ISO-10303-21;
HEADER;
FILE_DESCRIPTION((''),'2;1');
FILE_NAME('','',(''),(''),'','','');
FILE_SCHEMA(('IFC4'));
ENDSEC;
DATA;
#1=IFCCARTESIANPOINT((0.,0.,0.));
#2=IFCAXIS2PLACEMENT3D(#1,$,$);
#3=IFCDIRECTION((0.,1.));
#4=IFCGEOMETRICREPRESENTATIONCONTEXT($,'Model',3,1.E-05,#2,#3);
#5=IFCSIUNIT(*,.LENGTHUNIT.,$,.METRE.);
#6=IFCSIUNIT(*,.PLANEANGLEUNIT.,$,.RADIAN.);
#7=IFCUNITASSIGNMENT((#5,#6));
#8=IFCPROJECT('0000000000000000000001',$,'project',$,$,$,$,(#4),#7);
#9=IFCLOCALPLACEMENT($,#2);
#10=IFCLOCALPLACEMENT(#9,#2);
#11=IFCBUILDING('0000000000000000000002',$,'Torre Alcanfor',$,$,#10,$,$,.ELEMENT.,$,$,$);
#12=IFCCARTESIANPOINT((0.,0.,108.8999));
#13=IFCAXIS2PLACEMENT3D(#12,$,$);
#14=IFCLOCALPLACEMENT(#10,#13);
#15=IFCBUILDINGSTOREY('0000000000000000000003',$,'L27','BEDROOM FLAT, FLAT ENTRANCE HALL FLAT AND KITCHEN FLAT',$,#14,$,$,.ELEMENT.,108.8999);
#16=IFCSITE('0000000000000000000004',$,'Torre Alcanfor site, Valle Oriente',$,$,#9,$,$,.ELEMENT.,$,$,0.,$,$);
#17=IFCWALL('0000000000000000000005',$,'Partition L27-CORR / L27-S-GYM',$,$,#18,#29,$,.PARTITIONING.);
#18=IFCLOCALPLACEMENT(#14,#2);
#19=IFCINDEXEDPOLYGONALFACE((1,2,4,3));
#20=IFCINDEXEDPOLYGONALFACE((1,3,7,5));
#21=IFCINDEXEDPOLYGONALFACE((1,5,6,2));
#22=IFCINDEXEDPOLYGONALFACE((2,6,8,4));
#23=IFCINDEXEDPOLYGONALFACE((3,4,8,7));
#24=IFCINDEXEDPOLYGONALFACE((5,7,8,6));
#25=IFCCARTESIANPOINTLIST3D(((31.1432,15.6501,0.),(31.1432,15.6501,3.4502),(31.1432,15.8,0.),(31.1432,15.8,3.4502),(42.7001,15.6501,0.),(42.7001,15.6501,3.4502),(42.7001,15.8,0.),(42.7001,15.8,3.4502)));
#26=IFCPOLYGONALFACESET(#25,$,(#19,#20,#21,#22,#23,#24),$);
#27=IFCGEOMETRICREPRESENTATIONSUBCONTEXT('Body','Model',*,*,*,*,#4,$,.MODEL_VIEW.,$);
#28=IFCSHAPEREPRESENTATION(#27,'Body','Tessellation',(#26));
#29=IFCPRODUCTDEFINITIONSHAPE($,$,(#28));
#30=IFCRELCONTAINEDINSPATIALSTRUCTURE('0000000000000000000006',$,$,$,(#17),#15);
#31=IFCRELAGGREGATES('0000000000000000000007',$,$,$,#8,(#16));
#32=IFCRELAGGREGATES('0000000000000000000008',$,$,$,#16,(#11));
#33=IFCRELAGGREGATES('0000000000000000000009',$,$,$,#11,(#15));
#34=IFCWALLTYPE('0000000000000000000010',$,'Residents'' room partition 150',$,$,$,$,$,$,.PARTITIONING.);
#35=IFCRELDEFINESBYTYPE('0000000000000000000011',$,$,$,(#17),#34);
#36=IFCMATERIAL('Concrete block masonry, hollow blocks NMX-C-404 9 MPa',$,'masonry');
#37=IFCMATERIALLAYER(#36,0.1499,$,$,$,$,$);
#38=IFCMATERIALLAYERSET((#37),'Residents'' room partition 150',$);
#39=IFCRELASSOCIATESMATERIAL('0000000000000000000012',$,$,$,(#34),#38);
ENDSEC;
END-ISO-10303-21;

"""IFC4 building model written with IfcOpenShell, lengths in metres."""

from ifc_helpers import new_model, si_unit, direction, frame, frame_2d, origin, place, context, subcontext, project, spatial, rectangle, extrude, material, layer, layer_set, type_object, element, save


model = new_model("IFC4")

# Units and contexts
model_context = context("Model", 3, precision=1e-05, world=origin(), true_north=direction((0.0, 1.0)))
body_context = subcontext(model_context, "Body", "Model", "MODEL_VIEW")
ifc_project = project(units=[si_unit("LENGTHUNIT", "METRE"), si_unit("PLANEANGLEUNIT", "RADIAN")], contexts=[model_context])

# Site, building, storey
site_placement = place(None, origin())
site = spatial("IfcSite", under=ifc_project, at=site_placement, Name="Torre Alcanfor site, Valle Oriente", CompositionType="ELEMENT", RefElevation=0.0)
building_placement = place(site_placement, origin())
building = spatial("IfcBuilding", under=site, at=building_placement, Name="Torre Alcanfor", CompositionType="ELEMENT")
storey_placement = place(building_placement, frame((0.0, 0.0, 108.8999)))
storey = spatial("IfcBuildingStorey", under=building, at=storey_placement, Name="L27", Description="BEDROOM FLAT, FLAT ENTRANCE HALL FLAT AND KITCHEN FLAT", CompositionType="ELEMENT", Elevation=108.8999)

# Wall
ifc_material_1 = material(Name="Concrete block masonry, hollow blocks NMX-C-404 9 MPa", Category="masonry")
ifc_layer_1 = layer(ifc_material_1, 0.1499)
ifc_layer_set_1 = layer_set([ifc_layer_1], Name="Residents' room partition 150")
wall_type_1 = type_object("IfcWallType", Name="Residents' room partition 150", PredefinedType="PARTITIONING", material=ifc_layer_set_1)
wall_1_placement = place(storey_placement, frame((42.7, 15.7251, 0.0), z_axis=(0.0, 0.0, 1.0), x_axis=(-1.0, 0.0, 0.0)))
element("IfcWall", 1, at=wall_1_placement, inside=storey, type_object=wall_type_1, Name="Partition L27-CORR / L27-S-GYM", PredefinedType="PARTITIONING", context=body_context, shape_type="SweptSolid", body=[
    extrude(rectangle(XDim=11.5569, YDim=0.1499, at=frame_2d((5.7783, 0.0))), origin(), (0.0, 0.0, 1.0), 3.4502),
])

save(model, "model.ifc")
